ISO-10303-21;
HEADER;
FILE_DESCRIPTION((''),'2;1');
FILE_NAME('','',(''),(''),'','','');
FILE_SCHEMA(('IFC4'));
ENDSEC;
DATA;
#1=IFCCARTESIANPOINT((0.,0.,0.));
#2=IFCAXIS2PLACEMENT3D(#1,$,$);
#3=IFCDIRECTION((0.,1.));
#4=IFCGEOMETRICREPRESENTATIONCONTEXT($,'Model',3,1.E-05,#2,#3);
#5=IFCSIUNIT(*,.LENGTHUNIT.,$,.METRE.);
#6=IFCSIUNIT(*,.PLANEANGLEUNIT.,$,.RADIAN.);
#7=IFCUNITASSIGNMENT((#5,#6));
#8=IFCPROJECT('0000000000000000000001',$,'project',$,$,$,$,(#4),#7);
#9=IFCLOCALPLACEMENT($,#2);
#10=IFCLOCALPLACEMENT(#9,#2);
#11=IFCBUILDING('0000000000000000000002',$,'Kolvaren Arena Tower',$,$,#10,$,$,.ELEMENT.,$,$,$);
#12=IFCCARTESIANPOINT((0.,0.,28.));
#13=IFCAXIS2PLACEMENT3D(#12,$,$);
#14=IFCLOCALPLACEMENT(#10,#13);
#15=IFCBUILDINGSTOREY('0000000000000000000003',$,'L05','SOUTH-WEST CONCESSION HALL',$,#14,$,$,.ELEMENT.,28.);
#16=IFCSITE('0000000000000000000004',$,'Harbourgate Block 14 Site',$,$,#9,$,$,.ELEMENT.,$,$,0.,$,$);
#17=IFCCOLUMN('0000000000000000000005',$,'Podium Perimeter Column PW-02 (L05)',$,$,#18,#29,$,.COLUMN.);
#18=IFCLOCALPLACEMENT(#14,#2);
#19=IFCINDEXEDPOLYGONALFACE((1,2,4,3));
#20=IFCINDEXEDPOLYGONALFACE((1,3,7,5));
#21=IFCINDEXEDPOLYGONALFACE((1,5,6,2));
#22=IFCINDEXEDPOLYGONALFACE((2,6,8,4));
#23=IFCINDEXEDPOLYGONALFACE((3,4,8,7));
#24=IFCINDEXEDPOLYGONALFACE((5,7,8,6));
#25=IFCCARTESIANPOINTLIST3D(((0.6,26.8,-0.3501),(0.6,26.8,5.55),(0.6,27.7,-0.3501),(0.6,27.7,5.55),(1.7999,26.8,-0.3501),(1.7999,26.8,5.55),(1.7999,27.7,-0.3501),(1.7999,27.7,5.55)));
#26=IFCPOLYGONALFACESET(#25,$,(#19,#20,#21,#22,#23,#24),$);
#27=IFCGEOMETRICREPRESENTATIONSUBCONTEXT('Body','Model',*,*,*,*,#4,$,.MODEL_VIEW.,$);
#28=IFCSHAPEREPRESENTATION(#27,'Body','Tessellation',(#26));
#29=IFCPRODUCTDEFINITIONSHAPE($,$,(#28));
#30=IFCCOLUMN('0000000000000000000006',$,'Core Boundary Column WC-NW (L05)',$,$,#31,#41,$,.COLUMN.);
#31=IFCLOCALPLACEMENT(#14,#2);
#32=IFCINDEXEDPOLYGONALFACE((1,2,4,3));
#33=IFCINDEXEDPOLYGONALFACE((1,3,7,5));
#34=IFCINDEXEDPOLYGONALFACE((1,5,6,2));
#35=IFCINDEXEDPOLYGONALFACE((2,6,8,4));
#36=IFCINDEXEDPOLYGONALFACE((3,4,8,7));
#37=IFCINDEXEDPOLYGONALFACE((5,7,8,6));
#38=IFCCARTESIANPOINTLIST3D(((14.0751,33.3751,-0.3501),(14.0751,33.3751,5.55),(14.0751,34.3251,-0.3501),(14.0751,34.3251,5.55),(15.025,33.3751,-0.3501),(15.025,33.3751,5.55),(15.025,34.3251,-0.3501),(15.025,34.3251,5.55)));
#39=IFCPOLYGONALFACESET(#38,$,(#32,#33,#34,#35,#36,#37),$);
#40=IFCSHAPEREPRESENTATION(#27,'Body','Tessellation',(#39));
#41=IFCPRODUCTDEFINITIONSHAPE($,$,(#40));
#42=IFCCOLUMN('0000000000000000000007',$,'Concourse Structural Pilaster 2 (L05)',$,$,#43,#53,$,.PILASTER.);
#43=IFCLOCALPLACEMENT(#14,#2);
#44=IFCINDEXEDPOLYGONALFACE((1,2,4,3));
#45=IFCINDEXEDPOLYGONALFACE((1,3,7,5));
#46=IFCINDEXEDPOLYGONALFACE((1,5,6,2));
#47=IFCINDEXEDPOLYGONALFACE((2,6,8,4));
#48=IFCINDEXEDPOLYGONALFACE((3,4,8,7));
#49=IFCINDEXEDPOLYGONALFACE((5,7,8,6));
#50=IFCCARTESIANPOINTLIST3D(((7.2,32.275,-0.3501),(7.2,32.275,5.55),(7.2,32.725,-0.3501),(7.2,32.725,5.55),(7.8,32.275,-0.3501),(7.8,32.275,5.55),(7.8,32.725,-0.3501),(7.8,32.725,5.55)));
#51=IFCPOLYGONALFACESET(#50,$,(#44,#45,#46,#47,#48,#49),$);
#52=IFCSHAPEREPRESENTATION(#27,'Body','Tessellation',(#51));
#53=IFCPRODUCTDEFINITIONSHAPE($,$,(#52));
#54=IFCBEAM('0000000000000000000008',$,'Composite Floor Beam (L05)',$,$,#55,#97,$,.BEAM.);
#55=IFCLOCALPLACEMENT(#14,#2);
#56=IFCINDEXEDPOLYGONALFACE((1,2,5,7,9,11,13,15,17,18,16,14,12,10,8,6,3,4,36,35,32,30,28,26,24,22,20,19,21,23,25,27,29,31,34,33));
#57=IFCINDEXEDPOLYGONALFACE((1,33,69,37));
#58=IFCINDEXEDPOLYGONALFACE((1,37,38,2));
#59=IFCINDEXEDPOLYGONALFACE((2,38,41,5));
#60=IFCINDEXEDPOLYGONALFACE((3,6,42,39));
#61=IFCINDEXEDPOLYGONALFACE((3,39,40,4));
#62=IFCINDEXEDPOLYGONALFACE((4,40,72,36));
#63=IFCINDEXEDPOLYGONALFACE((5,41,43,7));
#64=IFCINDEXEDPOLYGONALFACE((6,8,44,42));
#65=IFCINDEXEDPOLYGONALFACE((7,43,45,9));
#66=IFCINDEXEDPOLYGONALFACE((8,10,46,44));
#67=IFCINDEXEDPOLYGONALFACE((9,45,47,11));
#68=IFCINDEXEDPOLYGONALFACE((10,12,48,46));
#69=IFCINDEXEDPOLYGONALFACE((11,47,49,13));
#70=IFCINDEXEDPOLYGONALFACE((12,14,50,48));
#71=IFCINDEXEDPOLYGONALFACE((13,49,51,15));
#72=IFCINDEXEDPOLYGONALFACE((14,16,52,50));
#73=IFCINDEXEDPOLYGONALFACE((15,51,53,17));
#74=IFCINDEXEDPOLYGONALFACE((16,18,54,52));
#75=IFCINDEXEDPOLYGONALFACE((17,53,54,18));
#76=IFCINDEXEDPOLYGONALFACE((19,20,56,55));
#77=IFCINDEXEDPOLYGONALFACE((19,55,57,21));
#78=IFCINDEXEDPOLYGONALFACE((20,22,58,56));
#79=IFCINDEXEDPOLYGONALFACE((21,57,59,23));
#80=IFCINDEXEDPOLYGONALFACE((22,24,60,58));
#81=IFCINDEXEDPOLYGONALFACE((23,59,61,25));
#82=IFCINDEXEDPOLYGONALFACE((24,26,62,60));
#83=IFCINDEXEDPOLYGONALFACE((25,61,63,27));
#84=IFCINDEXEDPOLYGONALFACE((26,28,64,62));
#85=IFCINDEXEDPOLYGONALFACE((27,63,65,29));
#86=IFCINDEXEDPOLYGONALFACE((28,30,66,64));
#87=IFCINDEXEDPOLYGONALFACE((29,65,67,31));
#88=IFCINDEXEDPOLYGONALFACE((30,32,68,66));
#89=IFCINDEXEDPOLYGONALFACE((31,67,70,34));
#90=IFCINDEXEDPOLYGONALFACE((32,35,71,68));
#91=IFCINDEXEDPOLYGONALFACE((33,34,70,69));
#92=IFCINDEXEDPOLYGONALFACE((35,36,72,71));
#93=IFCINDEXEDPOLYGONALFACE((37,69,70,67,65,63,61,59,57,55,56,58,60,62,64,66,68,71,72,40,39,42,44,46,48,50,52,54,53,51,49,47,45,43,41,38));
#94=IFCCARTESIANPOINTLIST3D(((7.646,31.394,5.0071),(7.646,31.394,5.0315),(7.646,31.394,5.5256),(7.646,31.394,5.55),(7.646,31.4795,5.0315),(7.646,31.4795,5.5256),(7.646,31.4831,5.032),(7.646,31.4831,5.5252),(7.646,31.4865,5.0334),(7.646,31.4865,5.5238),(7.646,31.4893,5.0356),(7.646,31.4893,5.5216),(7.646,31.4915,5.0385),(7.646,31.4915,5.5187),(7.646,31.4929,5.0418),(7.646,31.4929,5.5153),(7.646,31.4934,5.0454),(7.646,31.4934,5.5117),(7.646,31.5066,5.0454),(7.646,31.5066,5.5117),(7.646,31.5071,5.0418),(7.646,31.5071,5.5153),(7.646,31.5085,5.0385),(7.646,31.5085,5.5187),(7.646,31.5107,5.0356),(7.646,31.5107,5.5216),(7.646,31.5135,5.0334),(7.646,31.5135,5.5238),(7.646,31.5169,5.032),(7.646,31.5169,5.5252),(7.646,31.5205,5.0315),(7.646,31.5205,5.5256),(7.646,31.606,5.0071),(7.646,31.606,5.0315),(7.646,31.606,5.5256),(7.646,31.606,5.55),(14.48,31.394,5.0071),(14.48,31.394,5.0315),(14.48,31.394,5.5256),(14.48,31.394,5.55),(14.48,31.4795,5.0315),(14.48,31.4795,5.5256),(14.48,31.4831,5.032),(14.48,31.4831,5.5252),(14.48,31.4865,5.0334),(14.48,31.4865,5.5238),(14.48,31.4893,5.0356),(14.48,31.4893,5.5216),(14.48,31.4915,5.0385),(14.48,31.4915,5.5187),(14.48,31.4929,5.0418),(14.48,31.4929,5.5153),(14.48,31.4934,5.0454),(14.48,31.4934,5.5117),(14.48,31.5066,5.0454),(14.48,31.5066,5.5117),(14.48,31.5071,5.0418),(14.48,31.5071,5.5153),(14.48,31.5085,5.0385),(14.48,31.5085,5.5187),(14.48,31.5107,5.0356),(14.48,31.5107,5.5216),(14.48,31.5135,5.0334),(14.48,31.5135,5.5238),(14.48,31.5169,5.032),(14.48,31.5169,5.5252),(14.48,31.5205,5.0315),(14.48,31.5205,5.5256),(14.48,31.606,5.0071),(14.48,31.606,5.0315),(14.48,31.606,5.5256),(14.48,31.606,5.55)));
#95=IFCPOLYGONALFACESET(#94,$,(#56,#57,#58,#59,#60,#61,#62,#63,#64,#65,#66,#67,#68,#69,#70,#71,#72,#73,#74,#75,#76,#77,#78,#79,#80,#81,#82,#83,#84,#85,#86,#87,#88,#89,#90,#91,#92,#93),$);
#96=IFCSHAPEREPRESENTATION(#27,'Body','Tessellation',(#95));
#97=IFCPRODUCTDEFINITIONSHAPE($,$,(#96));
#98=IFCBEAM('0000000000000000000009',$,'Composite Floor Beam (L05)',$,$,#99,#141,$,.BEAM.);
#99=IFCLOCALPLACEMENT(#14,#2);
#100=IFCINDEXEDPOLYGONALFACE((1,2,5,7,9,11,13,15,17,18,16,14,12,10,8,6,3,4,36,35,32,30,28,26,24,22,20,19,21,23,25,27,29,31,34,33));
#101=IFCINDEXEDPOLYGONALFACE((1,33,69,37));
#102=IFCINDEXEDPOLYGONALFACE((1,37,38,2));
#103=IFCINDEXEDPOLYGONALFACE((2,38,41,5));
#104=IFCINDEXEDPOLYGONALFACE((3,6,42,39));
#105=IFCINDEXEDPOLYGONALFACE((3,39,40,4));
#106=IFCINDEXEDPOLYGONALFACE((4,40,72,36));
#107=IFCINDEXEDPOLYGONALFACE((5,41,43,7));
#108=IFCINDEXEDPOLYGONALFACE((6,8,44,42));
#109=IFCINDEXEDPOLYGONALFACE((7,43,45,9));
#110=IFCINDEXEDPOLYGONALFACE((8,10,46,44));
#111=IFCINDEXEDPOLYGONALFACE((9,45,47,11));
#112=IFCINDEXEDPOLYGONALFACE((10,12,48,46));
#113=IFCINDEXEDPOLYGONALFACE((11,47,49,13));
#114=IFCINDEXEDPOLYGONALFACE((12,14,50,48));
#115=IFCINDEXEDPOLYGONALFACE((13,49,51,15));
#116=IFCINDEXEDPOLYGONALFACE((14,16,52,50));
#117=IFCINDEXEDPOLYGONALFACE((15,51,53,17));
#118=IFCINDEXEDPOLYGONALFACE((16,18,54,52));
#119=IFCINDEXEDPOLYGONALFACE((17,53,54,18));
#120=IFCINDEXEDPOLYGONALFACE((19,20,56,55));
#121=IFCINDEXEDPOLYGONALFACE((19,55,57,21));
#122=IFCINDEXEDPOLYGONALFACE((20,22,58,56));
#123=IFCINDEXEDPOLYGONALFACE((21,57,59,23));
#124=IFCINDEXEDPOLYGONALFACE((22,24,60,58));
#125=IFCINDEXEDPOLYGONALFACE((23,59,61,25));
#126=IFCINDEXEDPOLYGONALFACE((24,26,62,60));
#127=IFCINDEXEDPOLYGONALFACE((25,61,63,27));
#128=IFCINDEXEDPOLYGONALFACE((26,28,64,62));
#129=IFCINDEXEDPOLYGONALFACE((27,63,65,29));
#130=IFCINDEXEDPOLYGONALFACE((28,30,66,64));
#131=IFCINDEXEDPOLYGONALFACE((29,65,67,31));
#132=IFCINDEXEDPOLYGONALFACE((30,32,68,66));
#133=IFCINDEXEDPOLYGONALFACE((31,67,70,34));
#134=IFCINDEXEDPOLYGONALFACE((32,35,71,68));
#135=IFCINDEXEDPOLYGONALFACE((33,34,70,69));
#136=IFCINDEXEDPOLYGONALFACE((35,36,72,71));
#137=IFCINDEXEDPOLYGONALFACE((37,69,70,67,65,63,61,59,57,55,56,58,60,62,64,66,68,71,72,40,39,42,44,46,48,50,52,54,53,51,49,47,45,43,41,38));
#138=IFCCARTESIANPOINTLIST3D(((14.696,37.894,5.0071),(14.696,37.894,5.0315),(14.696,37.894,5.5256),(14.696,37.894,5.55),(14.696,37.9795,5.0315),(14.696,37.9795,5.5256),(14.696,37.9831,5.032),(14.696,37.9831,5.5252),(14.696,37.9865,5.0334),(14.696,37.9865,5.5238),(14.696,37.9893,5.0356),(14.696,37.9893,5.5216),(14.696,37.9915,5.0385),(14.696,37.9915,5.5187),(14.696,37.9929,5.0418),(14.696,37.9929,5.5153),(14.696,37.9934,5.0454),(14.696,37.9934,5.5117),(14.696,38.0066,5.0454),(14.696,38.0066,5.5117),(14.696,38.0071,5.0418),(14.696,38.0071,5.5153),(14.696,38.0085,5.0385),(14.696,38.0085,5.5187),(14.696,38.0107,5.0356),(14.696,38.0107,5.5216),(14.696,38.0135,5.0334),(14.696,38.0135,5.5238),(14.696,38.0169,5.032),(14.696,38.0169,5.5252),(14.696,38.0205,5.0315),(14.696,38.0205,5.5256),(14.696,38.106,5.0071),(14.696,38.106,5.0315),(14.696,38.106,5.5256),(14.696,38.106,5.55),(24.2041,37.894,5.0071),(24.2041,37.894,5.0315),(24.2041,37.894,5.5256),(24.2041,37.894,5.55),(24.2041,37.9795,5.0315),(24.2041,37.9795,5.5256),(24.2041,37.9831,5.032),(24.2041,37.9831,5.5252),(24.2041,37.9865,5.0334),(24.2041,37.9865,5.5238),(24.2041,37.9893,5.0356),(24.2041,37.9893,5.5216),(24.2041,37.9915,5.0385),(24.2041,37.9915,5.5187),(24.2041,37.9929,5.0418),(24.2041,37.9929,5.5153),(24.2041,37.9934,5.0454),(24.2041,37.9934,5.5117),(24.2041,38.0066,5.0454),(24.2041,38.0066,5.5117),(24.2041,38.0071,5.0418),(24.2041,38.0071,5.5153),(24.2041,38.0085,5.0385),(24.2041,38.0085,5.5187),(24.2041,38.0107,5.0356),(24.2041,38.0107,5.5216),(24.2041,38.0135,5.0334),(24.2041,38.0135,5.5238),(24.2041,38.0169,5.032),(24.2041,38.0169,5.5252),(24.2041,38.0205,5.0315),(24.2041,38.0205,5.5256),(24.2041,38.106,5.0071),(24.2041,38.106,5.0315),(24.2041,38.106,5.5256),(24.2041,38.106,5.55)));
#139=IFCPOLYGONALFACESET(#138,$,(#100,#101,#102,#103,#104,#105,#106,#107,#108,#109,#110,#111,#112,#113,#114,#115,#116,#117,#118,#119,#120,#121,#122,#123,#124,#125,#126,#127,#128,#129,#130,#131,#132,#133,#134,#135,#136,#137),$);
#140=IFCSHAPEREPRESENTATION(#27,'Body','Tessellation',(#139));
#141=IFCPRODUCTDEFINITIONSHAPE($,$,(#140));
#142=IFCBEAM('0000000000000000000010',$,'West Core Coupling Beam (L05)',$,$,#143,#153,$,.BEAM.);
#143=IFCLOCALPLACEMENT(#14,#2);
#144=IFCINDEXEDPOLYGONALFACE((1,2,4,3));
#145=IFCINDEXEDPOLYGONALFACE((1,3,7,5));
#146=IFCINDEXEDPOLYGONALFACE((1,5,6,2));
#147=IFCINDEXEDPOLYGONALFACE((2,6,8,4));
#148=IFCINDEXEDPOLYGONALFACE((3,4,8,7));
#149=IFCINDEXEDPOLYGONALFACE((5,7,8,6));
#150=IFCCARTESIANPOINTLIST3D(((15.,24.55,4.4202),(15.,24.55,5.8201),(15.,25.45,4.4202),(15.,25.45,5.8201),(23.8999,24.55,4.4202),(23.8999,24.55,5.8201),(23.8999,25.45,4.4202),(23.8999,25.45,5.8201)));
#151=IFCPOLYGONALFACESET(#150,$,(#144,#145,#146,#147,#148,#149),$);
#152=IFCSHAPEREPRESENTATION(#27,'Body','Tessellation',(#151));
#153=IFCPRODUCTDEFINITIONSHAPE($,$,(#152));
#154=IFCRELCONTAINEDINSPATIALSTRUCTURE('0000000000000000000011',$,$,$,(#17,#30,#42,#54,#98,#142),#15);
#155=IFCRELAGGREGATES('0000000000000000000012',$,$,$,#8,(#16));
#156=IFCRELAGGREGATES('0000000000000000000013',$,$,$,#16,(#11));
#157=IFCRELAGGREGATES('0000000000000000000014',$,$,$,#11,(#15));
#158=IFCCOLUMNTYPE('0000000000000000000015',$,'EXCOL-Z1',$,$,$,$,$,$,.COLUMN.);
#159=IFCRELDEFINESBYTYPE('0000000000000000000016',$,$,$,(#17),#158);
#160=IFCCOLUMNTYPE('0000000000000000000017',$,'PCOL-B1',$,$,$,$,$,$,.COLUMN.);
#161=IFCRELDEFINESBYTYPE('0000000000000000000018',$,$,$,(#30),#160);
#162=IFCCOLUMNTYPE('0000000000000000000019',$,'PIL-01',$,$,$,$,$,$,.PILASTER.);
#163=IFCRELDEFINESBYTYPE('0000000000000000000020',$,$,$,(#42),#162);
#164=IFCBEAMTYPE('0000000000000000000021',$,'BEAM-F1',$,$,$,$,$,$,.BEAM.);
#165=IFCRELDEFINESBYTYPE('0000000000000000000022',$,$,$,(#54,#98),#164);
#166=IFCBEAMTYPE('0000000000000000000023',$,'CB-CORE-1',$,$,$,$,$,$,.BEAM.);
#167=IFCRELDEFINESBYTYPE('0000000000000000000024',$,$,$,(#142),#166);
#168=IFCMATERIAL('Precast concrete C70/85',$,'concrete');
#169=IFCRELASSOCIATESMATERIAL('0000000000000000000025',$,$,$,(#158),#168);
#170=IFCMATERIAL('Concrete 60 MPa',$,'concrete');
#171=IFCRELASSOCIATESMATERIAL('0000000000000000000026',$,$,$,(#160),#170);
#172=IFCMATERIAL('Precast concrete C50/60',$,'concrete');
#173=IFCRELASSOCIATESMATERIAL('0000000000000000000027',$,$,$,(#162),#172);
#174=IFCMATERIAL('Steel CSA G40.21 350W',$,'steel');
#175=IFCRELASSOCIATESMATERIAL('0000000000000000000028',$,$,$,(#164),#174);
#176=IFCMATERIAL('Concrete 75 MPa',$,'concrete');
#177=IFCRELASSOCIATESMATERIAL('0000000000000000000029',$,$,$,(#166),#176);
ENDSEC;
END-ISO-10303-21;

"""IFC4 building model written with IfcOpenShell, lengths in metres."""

from ifc_helpers import new_model, si_unit, direction, frame, origin, origin_2d, place, context, subcontext, project, spatial, rectangle, i_section, extrude, material, material_profile, profile_set, type_object, element, save


model = new_model("IFC4")

# Units and contexts
model_context = context("Model", 3, precision=1e-05, world=origin(), true_north=direction((0.0, 1.0)))
body_context = subcontext(model_context, "Body", "Model", "MODEL_VIEW")
ifc_project = project(units=[si_unit("LENGTHUNIT", "METRE"), si_unit("PLANEANGLEUNIT", "RADIAN")], contexts=[model_context])

# Site, building, storey
site_placement = place(None, origin())
site = spatial("IfcSite", under=ifc_project, at=site_placement, Name="Harbourgate Block 14 Site", CompositionType="ELEMENT", RefElevation=0.0)
building_placement = place(site_placement, origin())
building = spatial("IfcBuilding", under=site, at=building_placement, Name="Kolvaren Arena Tower", CompositionType="ELEMENT")
storey_placement = place(building_placement, frame((0.0, 0.0, 28.0)))
storey = spatial("IfcBuildingStorey", under=building, at=storey_placement, Name="L05", Description="SOUTH-WEST CONCESSION HALL", CompositionType="ELEMENT", Elevation=28.0)

# Columns
ifc_material_1 = material(Name="Precast concrete C70/85", Category="concrete")
ifc_material_profile_1 = material_profile(ifc_material_1, rectangle(XDim=1.2, YDim=0.8999, at=origin_2d()), Name="RC-1200x900")
ifc_profile_set_1 = profile_set([ifc_material_profile_1], Name="Precast concrete C70/85")
column_type_1 = type_object("IfcColumnType", Name="EXCOL-Z1", PredefinedType="COLUMN", material=ifc_profile_set_1)
column_1_placement = place(storey_placement, frame((1.2, 27.25, -0.3501), z_axis=(0.0, 0.0, 1.0), x_axis=(1.0, 0.0, 0.0)))
element("IfcColumn", 1, at=column_1_placement, inside=storey, type_object=column_type_1, Name="Podium Perimeter Column PW-02 (L05)", PredefinedType="COLUMN", context=body_context, shape_type="SweptSolid", body=[
    extrude(rectangle(XDim=1.2, YDim=0.8999, at=origin_2d()), origin(), (0.0, 0.0, 1.0), 5.9001),
])
ifc_material_2 = material(Name="Concrete 60 MPa", Category="concrete")
ifc_material_profile_2 = material_profile(ifc_material_2, rectangle(XDim=0.95, YDim=0.95, at=origin_2d()), Name="RC-950x950")
ifc_profile_set_2 = profile_set([ifc_material_profile_2], Name="Concrete 60 MPa")
column_type_2 = type_object("IfcColumnType", Name="PCOL-B1", PredefinedType="COLUMN", material=ifc_profile_set_2)
column_2_placement = place(storey_placement, frame((14.55, 33.8501, -0.3501), z_axis=(0.0, 0.0, 1.0), x_axis=(1.0, 0.0, 0.0)))
element("IfcColumn", 2, at=column_2_placement, inside=storey, type_object=column_type_2, Name="Core Boundary Column WC-NW (L05)", PredefinedType="COLUMN", context=body_context, shape_type="SweptSolid", body=[
    extrude(rectangle(XDim=0.95, YDim=0.95, at=origin_2d()), origin(), (0.0, 0.0, 1.0), 5.9001),
])
ifc_material_3 = material(Name="Precast concrete C50/60", Category="concrete")
ifc_material_profile_3 = material_profile(ifc_material_3, rectangle(XDim=0.6001, YDim=0.45, at=origin_2d()), Name="RC-600x450")
ifc_profile_set_3 = profile_set([ifc_material_profile_3], Name="Precast concrete C50/60")
column_type_3 = type_object("IfcColumnType", Name="PIL-01", PredefinedType="PILASTER", material=ifc_profile_set_3)
column_3_placement = place(storey_placement, frame((7.5, 32.5, -0.3501), z_axis=(0.0, 0.0, 1.0), x_axis=(1.0, 0.0, 0.0)))
element("IfcColumn", 3, at=column_3_placement, inside=storey, type_object=column_type_3, Name="Concourse Structural Pilaster 2 (L05)", PredefinedType="PILASTER", context=body_context, shape_type="SweptSolid", body=[
    extrude(rectangle(XDim=0.6001, YDim=0.45, at=origin_2d()), origin(), (0.0, 0.0, 1.0), 5.9001),
])

# Beams
ifc_material_4 = material(Name="Steel CSA G40.21 350W", Category="steel")
ifc_material_profile_4 = material_profile(ifc_material_4, i_section(OverallWidth=0.2119, OverallDepth=0.543, WebThickness=0.0132, FlangeThickness=0.0244, FilletRadius=0.0139, at=origin_2d()), Name="W530x150")
ifc_profile_set_4 = profile_set([ifc_material_profile_4], Name="Steel CSA G40.21 350W")
beam_type_1 = type_object("IfcBeamType", Name="BEAM-F1", PredefinedType="BEAM", material=ifc_profile_set_4)
beam_1_placement = place(storey_placement, frame((7.646, 31.5, 5.2786), z_axis=(1.0, 0.0, 0.0), x_axis=(0.0, 1.0, 0.0)))
element("IfcBeam", 4, at=beam_1_placement, inside=storey, type_object=beam_type_1, Name="Composite Floor Beam (L05)", PredefinedType="BEAM", context=body_context, shape_type="SweptSolid", body=[
    extrude(i_section(OverallWidth=0.2119, OverallDepth=0.543, WebThickness=0.0132, FlangeThickness=0.0244, FilletRadius=0.0139, at=origin_2d()), origin(), (0.0, 0.0, 1.0), 6.834),
])
beam_2_placement = place(storey_placement, frame((14.696, 38.0, 5.2786), z_axis=(1.0, 0.0, 0.0), x_axis=(0.0, 1.0, 0.0)))
element("IfcBeam", 5, at=beam_2_placement, inside=storey, type_object=beam_type_1, Name="Composite Floor Beam (L05)", PredefinedType="BEAM", context=body_context, shape_type="SweptSolid", body=[
    extrude(i_section(OverallWidth=0.2119, OverallDepth=0.543, WebThickness=0.0132, FlangeThickness=0.0244, FilletRadius=0.0139, at=origin_2d()), origin(), (0.0, 0.0, 1.0), 9.5081),
])
ifc_material_5 = material(Name="Concrete 75 MPa", Category="concrete")
ifc_material_profile_5 = material_profile(ifc_material_5, rectangle(XDim=0.8999, YDim=1.3999, at=origin_2d()), Name="RC-900x1400")
ifc_profile_set_5 = profile_set([ifc_material_profile_5], Name="Concrete 75 MPa")
beam_type_2 = type_object("IfcBeamType", Name="CB-CORE-1", PredefinedType="BEAM", material=ifc_profile_set_5)
beam_3_placement = place(storey_placement, frame((15.0, 25.0, 5.1201), z_axis=(1.0, 0.0, 0.0), x_axis=(0.0, 1.0, 0.0)))
element("IfcBeam", 6, at=beam_3_placement, inside=storey, type_object=beam_type_2, Name="West Core Coupling Beam (L05)", PredefinedType="BEAM", context=body_context, shape_type="SweptSolid", body=[
    extrude(rectangle(XDim=0.8999, YDim=1.3999, at=origin_2d()), origin(), (0.0, 0.0, 1.0), 8.8999),
])

save(model, "model.ifc")
